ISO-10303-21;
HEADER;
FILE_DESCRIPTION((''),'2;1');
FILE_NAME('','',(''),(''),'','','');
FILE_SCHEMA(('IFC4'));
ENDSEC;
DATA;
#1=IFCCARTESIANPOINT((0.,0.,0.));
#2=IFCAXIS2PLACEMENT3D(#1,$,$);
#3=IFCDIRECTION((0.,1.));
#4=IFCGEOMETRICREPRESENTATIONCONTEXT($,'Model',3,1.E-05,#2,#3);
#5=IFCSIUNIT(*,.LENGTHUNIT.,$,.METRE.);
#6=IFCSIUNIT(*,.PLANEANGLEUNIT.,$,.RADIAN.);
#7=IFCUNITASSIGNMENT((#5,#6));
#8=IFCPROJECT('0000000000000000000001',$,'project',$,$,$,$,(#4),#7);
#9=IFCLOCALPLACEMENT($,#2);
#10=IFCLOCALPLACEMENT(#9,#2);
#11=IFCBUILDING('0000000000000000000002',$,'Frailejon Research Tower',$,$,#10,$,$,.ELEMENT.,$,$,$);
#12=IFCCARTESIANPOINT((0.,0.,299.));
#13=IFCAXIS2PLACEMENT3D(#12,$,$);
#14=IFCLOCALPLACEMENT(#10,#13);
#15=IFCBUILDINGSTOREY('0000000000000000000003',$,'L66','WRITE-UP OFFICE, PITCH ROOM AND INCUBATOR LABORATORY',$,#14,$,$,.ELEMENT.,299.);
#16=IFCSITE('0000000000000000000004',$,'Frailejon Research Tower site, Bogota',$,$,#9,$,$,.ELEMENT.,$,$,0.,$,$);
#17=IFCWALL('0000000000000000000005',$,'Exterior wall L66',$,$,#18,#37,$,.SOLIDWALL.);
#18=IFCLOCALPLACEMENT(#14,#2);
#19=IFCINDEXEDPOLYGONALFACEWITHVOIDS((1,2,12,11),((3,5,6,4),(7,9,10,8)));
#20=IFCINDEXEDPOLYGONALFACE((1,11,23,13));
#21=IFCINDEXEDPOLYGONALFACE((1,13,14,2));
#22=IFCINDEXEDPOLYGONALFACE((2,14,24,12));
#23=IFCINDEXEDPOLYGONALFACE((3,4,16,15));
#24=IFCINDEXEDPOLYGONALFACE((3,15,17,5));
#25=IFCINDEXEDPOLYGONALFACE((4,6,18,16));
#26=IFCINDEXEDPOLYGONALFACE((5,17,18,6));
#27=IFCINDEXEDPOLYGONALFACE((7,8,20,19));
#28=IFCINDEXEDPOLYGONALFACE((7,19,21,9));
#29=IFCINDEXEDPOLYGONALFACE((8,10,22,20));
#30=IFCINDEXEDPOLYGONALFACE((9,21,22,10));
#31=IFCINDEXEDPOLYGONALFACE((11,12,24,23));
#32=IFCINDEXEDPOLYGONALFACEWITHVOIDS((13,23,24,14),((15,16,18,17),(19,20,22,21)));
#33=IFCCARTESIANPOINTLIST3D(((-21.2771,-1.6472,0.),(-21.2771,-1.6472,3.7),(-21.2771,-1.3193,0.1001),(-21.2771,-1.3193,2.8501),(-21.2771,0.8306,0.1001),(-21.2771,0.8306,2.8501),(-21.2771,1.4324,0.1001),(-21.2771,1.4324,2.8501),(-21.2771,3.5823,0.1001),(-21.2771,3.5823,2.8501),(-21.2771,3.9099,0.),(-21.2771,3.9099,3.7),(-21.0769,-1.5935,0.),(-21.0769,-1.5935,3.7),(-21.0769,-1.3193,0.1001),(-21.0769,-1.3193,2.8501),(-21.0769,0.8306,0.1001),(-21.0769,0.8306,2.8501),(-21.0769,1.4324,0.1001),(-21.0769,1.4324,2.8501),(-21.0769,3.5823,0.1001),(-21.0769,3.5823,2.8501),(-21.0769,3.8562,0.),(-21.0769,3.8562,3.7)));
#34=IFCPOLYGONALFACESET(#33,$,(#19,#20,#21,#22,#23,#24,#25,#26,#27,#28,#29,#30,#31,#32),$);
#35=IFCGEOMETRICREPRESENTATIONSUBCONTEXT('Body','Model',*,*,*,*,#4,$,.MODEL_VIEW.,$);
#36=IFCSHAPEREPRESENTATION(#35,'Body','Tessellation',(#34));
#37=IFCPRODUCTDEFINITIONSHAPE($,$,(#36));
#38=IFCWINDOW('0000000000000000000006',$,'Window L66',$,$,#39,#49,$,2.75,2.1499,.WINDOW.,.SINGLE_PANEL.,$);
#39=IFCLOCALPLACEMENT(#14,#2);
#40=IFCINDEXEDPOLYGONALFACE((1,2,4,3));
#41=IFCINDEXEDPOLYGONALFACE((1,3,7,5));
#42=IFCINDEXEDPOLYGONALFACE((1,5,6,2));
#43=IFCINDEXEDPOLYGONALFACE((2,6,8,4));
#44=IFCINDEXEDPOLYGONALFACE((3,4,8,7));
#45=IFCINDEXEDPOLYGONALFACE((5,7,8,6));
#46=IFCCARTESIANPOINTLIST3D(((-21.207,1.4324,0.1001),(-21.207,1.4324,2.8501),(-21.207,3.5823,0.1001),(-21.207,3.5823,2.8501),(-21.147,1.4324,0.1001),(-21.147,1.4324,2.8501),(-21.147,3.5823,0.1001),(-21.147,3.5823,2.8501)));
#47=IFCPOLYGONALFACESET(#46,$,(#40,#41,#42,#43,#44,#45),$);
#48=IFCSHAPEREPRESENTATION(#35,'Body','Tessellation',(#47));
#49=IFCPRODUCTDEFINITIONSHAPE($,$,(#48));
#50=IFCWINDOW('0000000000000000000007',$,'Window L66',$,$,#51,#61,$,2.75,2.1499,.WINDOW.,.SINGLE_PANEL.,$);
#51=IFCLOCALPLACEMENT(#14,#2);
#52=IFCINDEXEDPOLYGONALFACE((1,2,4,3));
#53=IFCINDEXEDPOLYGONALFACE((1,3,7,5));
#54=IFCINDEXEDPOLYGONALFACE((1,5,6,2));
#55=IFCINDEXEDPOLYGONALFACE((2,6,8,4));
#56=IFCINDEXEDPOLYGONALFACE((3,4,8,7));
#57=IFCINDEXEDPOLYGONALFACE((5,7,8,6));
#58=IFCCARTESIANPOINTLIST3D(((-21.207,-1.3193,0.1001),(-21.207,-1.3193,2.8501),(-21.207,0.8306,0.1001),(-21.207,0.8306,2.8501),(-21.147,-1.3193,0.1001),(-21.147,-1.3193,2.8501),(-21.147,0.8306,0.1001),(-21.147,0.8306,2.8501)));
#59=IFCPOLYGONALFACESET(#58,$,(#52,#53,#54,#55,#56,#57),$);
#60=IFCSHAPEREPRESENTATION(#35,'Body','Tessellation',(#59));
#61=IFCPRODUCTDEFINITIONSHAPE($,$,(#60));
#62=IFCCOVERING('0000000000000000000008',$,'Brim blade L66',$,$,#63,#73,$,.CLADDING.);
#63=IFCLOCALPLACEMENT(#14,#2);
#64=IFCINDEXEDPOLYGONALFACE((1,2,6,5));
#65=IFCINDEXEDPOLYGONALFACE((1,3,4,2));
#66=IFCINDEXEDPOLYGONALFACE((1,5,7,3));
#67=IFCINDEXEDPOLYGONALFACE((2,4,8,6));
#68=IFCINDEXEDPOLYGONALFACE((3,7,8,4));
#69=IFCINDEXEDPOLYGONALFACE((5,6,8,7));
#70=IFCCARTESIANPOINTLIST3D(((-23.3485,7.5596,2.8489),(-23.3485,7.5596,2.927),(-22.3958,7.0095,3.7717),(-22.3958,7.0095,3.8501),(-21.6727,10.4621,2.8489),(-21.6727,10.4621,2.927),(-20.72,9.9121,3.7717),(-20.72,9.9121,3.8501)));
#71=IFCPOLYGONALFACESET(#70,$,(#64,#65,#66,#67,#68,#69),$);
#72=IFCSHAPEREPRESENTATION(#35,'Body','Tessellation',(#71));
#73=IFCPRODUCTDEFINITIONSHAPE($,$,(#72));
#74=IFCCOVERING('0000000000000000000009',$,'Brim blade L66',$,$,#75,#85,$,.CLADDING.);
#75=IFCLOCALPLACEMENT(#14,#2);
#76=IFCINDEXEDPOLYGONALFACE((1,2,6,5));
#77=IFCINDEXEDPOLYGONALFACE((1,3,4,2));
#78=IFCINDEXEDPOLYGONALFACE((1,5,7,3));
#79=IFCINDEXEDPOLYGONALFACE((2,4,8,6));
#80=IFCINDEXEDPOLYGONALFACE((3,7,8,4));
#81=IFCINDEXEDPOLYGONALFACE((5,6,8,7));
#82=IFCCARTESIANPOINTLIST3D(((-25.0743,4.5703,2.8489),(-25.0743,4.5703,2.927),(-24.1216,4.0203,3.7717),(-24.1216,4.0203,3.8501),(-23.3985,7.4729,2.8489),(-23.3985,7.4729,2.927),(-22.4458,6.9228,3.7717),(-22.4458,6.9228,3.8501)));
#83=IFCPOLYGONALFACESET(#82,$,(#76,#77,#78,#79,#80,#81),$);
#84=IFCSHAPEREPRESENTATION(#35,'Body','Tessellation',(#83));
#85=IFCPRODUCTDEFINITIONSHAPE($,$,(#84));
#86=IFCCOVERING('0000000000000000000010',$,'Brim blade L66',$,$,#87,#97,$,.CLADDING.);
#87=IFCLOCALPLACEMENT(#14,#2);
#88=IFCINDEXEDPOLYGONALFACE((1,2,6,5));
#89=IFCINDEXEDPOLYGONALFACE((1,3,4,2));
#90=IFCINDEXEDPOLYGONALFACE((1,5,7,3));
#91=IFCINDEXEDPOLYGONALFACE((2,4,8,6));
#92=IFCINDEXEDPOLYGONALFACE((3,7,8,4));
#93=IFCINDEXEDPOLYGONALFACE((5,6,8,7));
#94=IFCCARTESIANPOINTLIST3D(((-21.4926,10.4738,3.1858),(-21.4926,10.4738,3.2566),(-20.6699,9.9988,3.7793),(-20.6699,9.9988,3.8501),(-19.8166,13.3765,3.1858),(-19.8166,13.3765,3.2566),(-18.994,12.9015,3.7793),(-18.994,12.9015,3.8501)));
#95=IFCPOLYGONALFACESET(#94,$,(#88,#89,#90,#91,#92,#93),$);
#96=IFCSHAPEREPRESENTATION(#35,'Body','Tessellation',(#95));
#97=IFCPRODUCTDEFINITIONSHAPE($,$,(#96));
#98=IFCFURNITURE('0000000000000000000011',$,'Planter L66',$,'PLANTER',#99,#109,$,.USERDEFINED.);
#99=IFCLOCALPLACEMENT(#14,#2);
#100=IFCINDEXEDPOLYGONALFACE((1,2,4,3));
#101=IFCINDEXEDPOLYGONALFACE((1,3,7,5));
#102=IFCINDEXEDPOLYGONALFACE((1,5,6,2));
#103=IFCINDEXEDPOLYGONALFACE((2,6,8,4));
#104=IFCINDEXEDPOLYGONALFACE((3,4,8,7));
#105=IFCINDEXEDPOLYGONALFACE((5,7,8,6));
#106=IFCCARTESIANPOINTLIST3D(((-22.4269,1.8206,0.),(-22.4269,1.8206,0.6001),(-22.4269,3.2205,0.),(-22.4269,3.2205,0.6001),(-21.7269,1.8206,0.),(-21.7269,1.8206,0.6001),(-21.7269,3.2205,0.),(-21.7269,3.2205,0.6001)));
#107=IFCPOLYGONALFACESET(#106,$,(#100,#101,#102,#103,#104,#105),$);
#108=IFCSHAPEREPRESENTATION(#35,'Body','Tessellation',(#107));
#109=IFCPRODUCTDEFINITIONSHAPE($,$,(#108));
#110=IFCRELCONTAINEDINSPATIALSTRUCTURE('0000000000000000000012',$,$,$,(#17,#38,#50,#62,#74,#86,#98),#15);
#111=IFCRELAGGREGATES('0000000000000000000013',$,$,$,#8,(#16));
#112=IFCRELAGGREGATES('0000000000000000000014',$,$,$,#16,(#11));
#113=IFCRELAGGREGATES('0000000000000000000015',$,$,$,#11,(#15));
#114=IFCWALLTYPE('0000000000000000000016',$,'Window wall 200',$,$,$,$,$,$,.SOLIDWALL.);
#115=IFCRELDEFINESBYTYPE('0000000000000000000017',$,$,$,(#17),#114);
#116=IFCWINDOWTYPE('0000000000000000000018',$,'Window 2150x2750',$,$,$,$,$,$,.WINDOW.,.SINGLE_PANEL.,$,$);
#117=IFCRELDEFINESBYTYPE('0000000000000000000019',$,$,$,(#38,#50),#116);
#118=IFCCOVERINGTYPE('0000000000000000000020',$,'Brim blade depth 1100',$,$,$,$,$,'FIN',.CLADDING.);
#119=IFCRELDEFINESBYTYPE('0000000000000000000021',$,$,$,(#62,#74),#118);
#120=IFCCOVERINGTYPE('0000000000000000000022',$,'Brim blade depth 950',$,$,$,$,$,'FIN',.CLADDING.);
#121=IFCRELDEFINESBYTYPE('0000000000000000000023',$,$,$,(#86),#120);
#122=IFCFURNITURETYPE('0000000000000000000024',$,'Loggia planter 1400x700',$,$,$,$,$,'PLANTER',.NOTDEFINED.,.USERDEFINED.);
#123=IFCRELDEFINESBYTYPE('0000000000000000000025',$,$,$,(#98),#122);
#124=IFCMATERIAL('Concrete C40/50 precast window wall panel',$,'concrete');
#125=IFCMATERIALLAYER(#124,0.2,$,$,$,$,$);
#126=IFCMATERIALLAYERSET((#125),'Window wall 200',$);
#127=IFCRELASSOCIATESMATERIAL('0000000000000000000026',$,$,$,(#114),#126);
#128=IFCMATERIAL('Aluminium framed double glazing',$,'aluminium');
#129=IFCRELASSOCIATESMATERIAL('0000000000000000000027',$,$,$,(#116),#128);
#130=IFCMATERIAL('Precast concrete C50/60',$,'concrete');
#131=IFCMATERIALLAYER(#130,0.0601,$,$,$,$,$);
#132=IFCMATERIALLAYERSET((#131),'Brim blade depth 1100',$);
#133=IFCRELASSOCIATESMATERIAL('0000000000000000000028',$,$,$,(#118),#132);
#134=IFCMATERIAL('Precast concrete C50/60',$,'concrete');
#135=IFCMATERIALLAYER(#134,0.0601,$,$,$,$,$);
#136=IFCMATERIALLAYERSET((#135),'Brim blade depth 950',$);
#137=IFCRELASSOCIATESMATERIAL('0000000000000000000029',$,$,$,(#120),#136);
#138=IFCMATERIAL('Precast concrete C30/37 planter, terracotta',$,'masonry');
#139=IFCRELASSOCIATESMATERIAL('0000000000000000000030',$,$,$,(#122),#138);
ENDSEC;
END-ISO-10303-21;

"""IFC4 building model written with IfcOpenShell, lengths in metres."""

from ifc_helpers import new_model, si_unit, direction, frame, frame_2d, origin, origin_2d, place, context, subcontext, project, spatial, polyline, rectangle, outline, extrude, material, layer, layer_set, type_object, element, fill, save


model = new_model("IFC4")

# Units and contexts
model_context = context("Model", 3, precision=1e-05, world=origin(), true_north=direction((0.0, 1.0)))
body_context = subcontext(model_context, "Body", "Model", "MODEL_VIEW")
ifc_project = project(units=[si_unit("LENGTHUNIT", "METRE"), si_unit("PLANEANGLEUNIT", "RADIAN")], contexts=[model_context])

# Site, building, storey
site_placement = place(None, origin())
site = spatial("IfcSite", under=ifc_project, at=site_placement, Name="Frailejon Research Tower site, Bogota", CompositionType="ELEMENT", RefElevation=0.0)
building_placement = place(site_placement, origin())
building = spatial("IfcBuilding", under=site, at=building_placement, Name="Frailejon Research Tower", CompositionType="ELEMENT")
storey_placement = place(building_placement, frame((0.0, 0.0, 299.0)))
storey = spatial("IfcBuildingStorey", under=building, at=storey_placement, Name="L66", Description="WRITE-UP OFFICE, PITCH ROOM AND INCUBATOR LABORATORY", CompositionType="ELEMENT", Elevation=299.0)

# Wall, openings, windows
ifc_material_1 = material(Name="Concrete C40/50 precast window wall panel", Category="concrete")
ifc_layer_1 = layer(ifc_material_1, 0.2)
ifc_layer_set_1 = layer_set([ifc_layer_1], Name="Window wall 200")
wall_type_1 = type_object("IfcWallType", Name="Window wall 200", PredefinedType="SOLIDWALL", material=ifc_layer_set_1)
wall_1_placement = place(storey_placement, frame((-21.177, 3.8831, 0.0), z_axis=(0.0, 0.0, 1.0), x_axis=(0.0, -1.0, 0.0)))
wall_1 = element("IfcWall", 1, at=wall_1_placement, inside=storey, type_object=wall_type_1, Name="Exterior wall L66", PredefinedType="SOLIDWALL", context=body_context, shape_type="SweptSolid", body=[
    extrude(outline(polyline([(-0.0269, -0.1001), (1.0845, -0.1001), (2.196, -0.1001), (3.3074, -0.1001), (4.4189, -0.1001), (5.5303, -0.1001), (5.4766, 0.1001), (4.3867, 0.1001), (3.2966, 0.1001), (2.2068, 0.1001), (1.1167, 0.1001), (0.0269, 0.1001), (-0.0269, -0.1001)])), origin(), (0.0, 0.0, 1.0), 3.7),
])
opening_1_placement = place(wall_1_placement, frame((0.3008, 0.0, 0.1001)))
opening_1 = element("IfcOpeningElement", 2, at=opening_1_placement, cuts=wall_1, PredefinedType="OPENING", context=body_context, shape_type="SweptSolid", body=[
    extrude(rectangle(XDim=2.1499, YDim=2.75, at=frame_2d((1.075, 1.375))), frame((0.0, 0.1099, 0.0), z_axis=(0.0, -1.0, 0.0), x_axis=(1.0, 0.0, 0.0)), (0.0, 0.0, 1.0), 0.22),
])
opening_2_placement = place(wall_1_placement, frame((3.0525, 0.0, 0.1001)))
opening_2 = element("IfcOpeningElement", 3, at=opening_2_placement, cuts=wall_1, PredefinedType="OPENING", context=body_context, shape_type="SweptSolid", body=[
    extrude(rectangle(XDim=2.1499, YDim=2.75, at=frame_2d((1.075, 1.375))), frame((0.0, 0.1099, 0.0), z_axis=(0.0, -1.0, 0.0), x_axis=(1.0, 0.0, 0.0)), (0.0, 0.0, 1.0), 0.22),
])
ifc_material_2 = material(Name="Aluminium framed double glazing", Category="aluminium")
window_type = type_object("IfcWindowType", Name="Window 2150x2750", PartitioningType="SINGLE_PANEL", PredefinedType="WINDOW", material=ifc_material_2)
window_1_placement = place(opening_1_placement, origin())
window_1 = element("IfcWindow", 4, at=window_1_placement, inside=storey, type_object=window_type, Name="Window L66", OverallHeight=2.75, OverallWidth=2.1499, PartitioningType="SINGLE_PANEL", PredefinedType="WINDOW", context=body_context, shape_type="SweptSolid", body=[
    extrude(rectangle(XDim=2.1499, YDim=2.75, at=frame_2d((1.075, 1.375))), frame((0.0, 0.03, 0.0), z_axis=(0.0, -1.0, 0.0), x_axis=(1.0, 0.0, 0.0)), (0.0, 0.0, 1.0), 0.0601),
])
fill(opening_1, window_1)
window_2_placement = place(opening_2_placement, origin())
window_2 = element("IfcWindow", 5, at=window_2_placement, inside=storey, type_object=window_type, Name="Window L66", OverallHeight=2.75, OverallWidth=2.1499, PartitioningType="SINGLE_PANEL", PredefinedType="WINDOW", context=body_context, shape_type="SweptSolid", body=[
    extrude(rectangle(XDim=2.1499, YDim=2.75, at=frame_2d((1.075, 1.375))), frame((0.0, 0.03, 0.0), z_axis=(0.0, -1.0, 0.0), x_axis=(1.0, 0.0, 0.0)), (0.0, 0.0, 1.0), 0.0601),
])
fill(opening_2, window_2)

# Coverings
ifc_material_3 = material(Name="Precast concrete C50/60", Category="concrete")
ifc_layer_2 = layer(ifc_material_3, 0.0601)
ifc_layer_set_2 = layer_set([ifc_layer_2], Name="Brim blade depth 1100")
covering_type_1 = type_object("IfcCoveringType", Name="Brim blade depth 1100", ElementType="FIN", PredefinedType="CLADDING", material=ifc_layer_set_2)
for number, where, z_axis, x_axis, name in (
    (6, (-22.3958, 7.0095, 3.8501), (0.499997, 0.866027, 0.0), (-0.866027, 0.499997, 0.0), "Brim blade L66"),
    (7, (-24.1216, 4.0203, 3.8501), (0.499997, 0.866027, 0.0), (-0.866027, 0.499997, 0.0), "Brim blade L66"),
):
    element("IfcCovering", number, at=place(storey_placement, frame(where, z_axis=z_axis, x_axis=x_axis)), inside=storey, type_object=covering_type_1, Name=name, PredefinedType="CLADDING", context=body_context, shape_type="SweptSolid", body=[
        extrude(outline(polyline([(0.0, -0.0784), (1.1001, -1.0012), (1.1001, -0.9231), (0.0, 0.0), (0.0, -0.0784)])), origin(), (0.0, 0.0, 1.0), 3.3516),
    ])
ifc_material_4 = material(Name="Precast concrete C50/60", Category="concrete")
ifc_layer_3 = layer(ifc_material_4, 0.0601)
ifc_layer_set_3 = layer_set([ifc_layer_3], Name="Brim blade depth 950")
covering_type_2 = type_object("IfcCoveringType", Name="Brim blade depth 950", ElementType="FIN", PredefinedType="CLADDING", material=ifc_layer_set_3)
covering_placement = place(storey_placement, frame((-20.6699, 9.9988, 3.8501), z_axis=(0.500018, 0.866015, 0.0), x_axis=(-0.866015, 0.500018, 0.0)))
element("IfcCovering", 8, at=covering_placement, inside=storey, type_object=covering_type_2, Name="Brim blade L66", PredefinedType="CLADDING", context=body_context, shape_type="SweptSolid", body=[
    extrude(outline(polyline([(0.0, -0.0708), (0.95, -0.6643), (0.95, -0.5935), (0.0, 0.0), (0.0, -0.0708)])), origin(), (0.0, 0.0, 1.0), 3.3518),
])

# Furniture
ifc_material_5 = material(Name="Precast concrete C30/37 planter, terracotta", Category="masonry")
furniture_type = type_object("IfcFurnitureType", Name="Loggia planter 1400x700", ElementType="PLANTER", AssemblyPlace="NOTDEFINED", PredefinedType="USERDEFINED", material=ifc_material_5)
furniture_placement = place(storey_placement, frame((-22.0769, 2.5205, 0.0), z_axis=(0.0, 0.0, 1.0), x_axis=(0.0, -1.0, 0.0)))
element("IfcFurniture", 9, at=furniture_placement, inside=storey, type_object=furniture_type, Name="Planter L66", ObjectType="PLANTER", PredefinedType="USERDEFINED", context=body_context, shape_type="SweptSolid", body=[
    extrude(rectangle(XDim=1.3999, YDim=0.7, at=origin_2d()), origin(), (0.0, 0.0, 1.0), 0.6001),
])

save(model, "model.ifc")
